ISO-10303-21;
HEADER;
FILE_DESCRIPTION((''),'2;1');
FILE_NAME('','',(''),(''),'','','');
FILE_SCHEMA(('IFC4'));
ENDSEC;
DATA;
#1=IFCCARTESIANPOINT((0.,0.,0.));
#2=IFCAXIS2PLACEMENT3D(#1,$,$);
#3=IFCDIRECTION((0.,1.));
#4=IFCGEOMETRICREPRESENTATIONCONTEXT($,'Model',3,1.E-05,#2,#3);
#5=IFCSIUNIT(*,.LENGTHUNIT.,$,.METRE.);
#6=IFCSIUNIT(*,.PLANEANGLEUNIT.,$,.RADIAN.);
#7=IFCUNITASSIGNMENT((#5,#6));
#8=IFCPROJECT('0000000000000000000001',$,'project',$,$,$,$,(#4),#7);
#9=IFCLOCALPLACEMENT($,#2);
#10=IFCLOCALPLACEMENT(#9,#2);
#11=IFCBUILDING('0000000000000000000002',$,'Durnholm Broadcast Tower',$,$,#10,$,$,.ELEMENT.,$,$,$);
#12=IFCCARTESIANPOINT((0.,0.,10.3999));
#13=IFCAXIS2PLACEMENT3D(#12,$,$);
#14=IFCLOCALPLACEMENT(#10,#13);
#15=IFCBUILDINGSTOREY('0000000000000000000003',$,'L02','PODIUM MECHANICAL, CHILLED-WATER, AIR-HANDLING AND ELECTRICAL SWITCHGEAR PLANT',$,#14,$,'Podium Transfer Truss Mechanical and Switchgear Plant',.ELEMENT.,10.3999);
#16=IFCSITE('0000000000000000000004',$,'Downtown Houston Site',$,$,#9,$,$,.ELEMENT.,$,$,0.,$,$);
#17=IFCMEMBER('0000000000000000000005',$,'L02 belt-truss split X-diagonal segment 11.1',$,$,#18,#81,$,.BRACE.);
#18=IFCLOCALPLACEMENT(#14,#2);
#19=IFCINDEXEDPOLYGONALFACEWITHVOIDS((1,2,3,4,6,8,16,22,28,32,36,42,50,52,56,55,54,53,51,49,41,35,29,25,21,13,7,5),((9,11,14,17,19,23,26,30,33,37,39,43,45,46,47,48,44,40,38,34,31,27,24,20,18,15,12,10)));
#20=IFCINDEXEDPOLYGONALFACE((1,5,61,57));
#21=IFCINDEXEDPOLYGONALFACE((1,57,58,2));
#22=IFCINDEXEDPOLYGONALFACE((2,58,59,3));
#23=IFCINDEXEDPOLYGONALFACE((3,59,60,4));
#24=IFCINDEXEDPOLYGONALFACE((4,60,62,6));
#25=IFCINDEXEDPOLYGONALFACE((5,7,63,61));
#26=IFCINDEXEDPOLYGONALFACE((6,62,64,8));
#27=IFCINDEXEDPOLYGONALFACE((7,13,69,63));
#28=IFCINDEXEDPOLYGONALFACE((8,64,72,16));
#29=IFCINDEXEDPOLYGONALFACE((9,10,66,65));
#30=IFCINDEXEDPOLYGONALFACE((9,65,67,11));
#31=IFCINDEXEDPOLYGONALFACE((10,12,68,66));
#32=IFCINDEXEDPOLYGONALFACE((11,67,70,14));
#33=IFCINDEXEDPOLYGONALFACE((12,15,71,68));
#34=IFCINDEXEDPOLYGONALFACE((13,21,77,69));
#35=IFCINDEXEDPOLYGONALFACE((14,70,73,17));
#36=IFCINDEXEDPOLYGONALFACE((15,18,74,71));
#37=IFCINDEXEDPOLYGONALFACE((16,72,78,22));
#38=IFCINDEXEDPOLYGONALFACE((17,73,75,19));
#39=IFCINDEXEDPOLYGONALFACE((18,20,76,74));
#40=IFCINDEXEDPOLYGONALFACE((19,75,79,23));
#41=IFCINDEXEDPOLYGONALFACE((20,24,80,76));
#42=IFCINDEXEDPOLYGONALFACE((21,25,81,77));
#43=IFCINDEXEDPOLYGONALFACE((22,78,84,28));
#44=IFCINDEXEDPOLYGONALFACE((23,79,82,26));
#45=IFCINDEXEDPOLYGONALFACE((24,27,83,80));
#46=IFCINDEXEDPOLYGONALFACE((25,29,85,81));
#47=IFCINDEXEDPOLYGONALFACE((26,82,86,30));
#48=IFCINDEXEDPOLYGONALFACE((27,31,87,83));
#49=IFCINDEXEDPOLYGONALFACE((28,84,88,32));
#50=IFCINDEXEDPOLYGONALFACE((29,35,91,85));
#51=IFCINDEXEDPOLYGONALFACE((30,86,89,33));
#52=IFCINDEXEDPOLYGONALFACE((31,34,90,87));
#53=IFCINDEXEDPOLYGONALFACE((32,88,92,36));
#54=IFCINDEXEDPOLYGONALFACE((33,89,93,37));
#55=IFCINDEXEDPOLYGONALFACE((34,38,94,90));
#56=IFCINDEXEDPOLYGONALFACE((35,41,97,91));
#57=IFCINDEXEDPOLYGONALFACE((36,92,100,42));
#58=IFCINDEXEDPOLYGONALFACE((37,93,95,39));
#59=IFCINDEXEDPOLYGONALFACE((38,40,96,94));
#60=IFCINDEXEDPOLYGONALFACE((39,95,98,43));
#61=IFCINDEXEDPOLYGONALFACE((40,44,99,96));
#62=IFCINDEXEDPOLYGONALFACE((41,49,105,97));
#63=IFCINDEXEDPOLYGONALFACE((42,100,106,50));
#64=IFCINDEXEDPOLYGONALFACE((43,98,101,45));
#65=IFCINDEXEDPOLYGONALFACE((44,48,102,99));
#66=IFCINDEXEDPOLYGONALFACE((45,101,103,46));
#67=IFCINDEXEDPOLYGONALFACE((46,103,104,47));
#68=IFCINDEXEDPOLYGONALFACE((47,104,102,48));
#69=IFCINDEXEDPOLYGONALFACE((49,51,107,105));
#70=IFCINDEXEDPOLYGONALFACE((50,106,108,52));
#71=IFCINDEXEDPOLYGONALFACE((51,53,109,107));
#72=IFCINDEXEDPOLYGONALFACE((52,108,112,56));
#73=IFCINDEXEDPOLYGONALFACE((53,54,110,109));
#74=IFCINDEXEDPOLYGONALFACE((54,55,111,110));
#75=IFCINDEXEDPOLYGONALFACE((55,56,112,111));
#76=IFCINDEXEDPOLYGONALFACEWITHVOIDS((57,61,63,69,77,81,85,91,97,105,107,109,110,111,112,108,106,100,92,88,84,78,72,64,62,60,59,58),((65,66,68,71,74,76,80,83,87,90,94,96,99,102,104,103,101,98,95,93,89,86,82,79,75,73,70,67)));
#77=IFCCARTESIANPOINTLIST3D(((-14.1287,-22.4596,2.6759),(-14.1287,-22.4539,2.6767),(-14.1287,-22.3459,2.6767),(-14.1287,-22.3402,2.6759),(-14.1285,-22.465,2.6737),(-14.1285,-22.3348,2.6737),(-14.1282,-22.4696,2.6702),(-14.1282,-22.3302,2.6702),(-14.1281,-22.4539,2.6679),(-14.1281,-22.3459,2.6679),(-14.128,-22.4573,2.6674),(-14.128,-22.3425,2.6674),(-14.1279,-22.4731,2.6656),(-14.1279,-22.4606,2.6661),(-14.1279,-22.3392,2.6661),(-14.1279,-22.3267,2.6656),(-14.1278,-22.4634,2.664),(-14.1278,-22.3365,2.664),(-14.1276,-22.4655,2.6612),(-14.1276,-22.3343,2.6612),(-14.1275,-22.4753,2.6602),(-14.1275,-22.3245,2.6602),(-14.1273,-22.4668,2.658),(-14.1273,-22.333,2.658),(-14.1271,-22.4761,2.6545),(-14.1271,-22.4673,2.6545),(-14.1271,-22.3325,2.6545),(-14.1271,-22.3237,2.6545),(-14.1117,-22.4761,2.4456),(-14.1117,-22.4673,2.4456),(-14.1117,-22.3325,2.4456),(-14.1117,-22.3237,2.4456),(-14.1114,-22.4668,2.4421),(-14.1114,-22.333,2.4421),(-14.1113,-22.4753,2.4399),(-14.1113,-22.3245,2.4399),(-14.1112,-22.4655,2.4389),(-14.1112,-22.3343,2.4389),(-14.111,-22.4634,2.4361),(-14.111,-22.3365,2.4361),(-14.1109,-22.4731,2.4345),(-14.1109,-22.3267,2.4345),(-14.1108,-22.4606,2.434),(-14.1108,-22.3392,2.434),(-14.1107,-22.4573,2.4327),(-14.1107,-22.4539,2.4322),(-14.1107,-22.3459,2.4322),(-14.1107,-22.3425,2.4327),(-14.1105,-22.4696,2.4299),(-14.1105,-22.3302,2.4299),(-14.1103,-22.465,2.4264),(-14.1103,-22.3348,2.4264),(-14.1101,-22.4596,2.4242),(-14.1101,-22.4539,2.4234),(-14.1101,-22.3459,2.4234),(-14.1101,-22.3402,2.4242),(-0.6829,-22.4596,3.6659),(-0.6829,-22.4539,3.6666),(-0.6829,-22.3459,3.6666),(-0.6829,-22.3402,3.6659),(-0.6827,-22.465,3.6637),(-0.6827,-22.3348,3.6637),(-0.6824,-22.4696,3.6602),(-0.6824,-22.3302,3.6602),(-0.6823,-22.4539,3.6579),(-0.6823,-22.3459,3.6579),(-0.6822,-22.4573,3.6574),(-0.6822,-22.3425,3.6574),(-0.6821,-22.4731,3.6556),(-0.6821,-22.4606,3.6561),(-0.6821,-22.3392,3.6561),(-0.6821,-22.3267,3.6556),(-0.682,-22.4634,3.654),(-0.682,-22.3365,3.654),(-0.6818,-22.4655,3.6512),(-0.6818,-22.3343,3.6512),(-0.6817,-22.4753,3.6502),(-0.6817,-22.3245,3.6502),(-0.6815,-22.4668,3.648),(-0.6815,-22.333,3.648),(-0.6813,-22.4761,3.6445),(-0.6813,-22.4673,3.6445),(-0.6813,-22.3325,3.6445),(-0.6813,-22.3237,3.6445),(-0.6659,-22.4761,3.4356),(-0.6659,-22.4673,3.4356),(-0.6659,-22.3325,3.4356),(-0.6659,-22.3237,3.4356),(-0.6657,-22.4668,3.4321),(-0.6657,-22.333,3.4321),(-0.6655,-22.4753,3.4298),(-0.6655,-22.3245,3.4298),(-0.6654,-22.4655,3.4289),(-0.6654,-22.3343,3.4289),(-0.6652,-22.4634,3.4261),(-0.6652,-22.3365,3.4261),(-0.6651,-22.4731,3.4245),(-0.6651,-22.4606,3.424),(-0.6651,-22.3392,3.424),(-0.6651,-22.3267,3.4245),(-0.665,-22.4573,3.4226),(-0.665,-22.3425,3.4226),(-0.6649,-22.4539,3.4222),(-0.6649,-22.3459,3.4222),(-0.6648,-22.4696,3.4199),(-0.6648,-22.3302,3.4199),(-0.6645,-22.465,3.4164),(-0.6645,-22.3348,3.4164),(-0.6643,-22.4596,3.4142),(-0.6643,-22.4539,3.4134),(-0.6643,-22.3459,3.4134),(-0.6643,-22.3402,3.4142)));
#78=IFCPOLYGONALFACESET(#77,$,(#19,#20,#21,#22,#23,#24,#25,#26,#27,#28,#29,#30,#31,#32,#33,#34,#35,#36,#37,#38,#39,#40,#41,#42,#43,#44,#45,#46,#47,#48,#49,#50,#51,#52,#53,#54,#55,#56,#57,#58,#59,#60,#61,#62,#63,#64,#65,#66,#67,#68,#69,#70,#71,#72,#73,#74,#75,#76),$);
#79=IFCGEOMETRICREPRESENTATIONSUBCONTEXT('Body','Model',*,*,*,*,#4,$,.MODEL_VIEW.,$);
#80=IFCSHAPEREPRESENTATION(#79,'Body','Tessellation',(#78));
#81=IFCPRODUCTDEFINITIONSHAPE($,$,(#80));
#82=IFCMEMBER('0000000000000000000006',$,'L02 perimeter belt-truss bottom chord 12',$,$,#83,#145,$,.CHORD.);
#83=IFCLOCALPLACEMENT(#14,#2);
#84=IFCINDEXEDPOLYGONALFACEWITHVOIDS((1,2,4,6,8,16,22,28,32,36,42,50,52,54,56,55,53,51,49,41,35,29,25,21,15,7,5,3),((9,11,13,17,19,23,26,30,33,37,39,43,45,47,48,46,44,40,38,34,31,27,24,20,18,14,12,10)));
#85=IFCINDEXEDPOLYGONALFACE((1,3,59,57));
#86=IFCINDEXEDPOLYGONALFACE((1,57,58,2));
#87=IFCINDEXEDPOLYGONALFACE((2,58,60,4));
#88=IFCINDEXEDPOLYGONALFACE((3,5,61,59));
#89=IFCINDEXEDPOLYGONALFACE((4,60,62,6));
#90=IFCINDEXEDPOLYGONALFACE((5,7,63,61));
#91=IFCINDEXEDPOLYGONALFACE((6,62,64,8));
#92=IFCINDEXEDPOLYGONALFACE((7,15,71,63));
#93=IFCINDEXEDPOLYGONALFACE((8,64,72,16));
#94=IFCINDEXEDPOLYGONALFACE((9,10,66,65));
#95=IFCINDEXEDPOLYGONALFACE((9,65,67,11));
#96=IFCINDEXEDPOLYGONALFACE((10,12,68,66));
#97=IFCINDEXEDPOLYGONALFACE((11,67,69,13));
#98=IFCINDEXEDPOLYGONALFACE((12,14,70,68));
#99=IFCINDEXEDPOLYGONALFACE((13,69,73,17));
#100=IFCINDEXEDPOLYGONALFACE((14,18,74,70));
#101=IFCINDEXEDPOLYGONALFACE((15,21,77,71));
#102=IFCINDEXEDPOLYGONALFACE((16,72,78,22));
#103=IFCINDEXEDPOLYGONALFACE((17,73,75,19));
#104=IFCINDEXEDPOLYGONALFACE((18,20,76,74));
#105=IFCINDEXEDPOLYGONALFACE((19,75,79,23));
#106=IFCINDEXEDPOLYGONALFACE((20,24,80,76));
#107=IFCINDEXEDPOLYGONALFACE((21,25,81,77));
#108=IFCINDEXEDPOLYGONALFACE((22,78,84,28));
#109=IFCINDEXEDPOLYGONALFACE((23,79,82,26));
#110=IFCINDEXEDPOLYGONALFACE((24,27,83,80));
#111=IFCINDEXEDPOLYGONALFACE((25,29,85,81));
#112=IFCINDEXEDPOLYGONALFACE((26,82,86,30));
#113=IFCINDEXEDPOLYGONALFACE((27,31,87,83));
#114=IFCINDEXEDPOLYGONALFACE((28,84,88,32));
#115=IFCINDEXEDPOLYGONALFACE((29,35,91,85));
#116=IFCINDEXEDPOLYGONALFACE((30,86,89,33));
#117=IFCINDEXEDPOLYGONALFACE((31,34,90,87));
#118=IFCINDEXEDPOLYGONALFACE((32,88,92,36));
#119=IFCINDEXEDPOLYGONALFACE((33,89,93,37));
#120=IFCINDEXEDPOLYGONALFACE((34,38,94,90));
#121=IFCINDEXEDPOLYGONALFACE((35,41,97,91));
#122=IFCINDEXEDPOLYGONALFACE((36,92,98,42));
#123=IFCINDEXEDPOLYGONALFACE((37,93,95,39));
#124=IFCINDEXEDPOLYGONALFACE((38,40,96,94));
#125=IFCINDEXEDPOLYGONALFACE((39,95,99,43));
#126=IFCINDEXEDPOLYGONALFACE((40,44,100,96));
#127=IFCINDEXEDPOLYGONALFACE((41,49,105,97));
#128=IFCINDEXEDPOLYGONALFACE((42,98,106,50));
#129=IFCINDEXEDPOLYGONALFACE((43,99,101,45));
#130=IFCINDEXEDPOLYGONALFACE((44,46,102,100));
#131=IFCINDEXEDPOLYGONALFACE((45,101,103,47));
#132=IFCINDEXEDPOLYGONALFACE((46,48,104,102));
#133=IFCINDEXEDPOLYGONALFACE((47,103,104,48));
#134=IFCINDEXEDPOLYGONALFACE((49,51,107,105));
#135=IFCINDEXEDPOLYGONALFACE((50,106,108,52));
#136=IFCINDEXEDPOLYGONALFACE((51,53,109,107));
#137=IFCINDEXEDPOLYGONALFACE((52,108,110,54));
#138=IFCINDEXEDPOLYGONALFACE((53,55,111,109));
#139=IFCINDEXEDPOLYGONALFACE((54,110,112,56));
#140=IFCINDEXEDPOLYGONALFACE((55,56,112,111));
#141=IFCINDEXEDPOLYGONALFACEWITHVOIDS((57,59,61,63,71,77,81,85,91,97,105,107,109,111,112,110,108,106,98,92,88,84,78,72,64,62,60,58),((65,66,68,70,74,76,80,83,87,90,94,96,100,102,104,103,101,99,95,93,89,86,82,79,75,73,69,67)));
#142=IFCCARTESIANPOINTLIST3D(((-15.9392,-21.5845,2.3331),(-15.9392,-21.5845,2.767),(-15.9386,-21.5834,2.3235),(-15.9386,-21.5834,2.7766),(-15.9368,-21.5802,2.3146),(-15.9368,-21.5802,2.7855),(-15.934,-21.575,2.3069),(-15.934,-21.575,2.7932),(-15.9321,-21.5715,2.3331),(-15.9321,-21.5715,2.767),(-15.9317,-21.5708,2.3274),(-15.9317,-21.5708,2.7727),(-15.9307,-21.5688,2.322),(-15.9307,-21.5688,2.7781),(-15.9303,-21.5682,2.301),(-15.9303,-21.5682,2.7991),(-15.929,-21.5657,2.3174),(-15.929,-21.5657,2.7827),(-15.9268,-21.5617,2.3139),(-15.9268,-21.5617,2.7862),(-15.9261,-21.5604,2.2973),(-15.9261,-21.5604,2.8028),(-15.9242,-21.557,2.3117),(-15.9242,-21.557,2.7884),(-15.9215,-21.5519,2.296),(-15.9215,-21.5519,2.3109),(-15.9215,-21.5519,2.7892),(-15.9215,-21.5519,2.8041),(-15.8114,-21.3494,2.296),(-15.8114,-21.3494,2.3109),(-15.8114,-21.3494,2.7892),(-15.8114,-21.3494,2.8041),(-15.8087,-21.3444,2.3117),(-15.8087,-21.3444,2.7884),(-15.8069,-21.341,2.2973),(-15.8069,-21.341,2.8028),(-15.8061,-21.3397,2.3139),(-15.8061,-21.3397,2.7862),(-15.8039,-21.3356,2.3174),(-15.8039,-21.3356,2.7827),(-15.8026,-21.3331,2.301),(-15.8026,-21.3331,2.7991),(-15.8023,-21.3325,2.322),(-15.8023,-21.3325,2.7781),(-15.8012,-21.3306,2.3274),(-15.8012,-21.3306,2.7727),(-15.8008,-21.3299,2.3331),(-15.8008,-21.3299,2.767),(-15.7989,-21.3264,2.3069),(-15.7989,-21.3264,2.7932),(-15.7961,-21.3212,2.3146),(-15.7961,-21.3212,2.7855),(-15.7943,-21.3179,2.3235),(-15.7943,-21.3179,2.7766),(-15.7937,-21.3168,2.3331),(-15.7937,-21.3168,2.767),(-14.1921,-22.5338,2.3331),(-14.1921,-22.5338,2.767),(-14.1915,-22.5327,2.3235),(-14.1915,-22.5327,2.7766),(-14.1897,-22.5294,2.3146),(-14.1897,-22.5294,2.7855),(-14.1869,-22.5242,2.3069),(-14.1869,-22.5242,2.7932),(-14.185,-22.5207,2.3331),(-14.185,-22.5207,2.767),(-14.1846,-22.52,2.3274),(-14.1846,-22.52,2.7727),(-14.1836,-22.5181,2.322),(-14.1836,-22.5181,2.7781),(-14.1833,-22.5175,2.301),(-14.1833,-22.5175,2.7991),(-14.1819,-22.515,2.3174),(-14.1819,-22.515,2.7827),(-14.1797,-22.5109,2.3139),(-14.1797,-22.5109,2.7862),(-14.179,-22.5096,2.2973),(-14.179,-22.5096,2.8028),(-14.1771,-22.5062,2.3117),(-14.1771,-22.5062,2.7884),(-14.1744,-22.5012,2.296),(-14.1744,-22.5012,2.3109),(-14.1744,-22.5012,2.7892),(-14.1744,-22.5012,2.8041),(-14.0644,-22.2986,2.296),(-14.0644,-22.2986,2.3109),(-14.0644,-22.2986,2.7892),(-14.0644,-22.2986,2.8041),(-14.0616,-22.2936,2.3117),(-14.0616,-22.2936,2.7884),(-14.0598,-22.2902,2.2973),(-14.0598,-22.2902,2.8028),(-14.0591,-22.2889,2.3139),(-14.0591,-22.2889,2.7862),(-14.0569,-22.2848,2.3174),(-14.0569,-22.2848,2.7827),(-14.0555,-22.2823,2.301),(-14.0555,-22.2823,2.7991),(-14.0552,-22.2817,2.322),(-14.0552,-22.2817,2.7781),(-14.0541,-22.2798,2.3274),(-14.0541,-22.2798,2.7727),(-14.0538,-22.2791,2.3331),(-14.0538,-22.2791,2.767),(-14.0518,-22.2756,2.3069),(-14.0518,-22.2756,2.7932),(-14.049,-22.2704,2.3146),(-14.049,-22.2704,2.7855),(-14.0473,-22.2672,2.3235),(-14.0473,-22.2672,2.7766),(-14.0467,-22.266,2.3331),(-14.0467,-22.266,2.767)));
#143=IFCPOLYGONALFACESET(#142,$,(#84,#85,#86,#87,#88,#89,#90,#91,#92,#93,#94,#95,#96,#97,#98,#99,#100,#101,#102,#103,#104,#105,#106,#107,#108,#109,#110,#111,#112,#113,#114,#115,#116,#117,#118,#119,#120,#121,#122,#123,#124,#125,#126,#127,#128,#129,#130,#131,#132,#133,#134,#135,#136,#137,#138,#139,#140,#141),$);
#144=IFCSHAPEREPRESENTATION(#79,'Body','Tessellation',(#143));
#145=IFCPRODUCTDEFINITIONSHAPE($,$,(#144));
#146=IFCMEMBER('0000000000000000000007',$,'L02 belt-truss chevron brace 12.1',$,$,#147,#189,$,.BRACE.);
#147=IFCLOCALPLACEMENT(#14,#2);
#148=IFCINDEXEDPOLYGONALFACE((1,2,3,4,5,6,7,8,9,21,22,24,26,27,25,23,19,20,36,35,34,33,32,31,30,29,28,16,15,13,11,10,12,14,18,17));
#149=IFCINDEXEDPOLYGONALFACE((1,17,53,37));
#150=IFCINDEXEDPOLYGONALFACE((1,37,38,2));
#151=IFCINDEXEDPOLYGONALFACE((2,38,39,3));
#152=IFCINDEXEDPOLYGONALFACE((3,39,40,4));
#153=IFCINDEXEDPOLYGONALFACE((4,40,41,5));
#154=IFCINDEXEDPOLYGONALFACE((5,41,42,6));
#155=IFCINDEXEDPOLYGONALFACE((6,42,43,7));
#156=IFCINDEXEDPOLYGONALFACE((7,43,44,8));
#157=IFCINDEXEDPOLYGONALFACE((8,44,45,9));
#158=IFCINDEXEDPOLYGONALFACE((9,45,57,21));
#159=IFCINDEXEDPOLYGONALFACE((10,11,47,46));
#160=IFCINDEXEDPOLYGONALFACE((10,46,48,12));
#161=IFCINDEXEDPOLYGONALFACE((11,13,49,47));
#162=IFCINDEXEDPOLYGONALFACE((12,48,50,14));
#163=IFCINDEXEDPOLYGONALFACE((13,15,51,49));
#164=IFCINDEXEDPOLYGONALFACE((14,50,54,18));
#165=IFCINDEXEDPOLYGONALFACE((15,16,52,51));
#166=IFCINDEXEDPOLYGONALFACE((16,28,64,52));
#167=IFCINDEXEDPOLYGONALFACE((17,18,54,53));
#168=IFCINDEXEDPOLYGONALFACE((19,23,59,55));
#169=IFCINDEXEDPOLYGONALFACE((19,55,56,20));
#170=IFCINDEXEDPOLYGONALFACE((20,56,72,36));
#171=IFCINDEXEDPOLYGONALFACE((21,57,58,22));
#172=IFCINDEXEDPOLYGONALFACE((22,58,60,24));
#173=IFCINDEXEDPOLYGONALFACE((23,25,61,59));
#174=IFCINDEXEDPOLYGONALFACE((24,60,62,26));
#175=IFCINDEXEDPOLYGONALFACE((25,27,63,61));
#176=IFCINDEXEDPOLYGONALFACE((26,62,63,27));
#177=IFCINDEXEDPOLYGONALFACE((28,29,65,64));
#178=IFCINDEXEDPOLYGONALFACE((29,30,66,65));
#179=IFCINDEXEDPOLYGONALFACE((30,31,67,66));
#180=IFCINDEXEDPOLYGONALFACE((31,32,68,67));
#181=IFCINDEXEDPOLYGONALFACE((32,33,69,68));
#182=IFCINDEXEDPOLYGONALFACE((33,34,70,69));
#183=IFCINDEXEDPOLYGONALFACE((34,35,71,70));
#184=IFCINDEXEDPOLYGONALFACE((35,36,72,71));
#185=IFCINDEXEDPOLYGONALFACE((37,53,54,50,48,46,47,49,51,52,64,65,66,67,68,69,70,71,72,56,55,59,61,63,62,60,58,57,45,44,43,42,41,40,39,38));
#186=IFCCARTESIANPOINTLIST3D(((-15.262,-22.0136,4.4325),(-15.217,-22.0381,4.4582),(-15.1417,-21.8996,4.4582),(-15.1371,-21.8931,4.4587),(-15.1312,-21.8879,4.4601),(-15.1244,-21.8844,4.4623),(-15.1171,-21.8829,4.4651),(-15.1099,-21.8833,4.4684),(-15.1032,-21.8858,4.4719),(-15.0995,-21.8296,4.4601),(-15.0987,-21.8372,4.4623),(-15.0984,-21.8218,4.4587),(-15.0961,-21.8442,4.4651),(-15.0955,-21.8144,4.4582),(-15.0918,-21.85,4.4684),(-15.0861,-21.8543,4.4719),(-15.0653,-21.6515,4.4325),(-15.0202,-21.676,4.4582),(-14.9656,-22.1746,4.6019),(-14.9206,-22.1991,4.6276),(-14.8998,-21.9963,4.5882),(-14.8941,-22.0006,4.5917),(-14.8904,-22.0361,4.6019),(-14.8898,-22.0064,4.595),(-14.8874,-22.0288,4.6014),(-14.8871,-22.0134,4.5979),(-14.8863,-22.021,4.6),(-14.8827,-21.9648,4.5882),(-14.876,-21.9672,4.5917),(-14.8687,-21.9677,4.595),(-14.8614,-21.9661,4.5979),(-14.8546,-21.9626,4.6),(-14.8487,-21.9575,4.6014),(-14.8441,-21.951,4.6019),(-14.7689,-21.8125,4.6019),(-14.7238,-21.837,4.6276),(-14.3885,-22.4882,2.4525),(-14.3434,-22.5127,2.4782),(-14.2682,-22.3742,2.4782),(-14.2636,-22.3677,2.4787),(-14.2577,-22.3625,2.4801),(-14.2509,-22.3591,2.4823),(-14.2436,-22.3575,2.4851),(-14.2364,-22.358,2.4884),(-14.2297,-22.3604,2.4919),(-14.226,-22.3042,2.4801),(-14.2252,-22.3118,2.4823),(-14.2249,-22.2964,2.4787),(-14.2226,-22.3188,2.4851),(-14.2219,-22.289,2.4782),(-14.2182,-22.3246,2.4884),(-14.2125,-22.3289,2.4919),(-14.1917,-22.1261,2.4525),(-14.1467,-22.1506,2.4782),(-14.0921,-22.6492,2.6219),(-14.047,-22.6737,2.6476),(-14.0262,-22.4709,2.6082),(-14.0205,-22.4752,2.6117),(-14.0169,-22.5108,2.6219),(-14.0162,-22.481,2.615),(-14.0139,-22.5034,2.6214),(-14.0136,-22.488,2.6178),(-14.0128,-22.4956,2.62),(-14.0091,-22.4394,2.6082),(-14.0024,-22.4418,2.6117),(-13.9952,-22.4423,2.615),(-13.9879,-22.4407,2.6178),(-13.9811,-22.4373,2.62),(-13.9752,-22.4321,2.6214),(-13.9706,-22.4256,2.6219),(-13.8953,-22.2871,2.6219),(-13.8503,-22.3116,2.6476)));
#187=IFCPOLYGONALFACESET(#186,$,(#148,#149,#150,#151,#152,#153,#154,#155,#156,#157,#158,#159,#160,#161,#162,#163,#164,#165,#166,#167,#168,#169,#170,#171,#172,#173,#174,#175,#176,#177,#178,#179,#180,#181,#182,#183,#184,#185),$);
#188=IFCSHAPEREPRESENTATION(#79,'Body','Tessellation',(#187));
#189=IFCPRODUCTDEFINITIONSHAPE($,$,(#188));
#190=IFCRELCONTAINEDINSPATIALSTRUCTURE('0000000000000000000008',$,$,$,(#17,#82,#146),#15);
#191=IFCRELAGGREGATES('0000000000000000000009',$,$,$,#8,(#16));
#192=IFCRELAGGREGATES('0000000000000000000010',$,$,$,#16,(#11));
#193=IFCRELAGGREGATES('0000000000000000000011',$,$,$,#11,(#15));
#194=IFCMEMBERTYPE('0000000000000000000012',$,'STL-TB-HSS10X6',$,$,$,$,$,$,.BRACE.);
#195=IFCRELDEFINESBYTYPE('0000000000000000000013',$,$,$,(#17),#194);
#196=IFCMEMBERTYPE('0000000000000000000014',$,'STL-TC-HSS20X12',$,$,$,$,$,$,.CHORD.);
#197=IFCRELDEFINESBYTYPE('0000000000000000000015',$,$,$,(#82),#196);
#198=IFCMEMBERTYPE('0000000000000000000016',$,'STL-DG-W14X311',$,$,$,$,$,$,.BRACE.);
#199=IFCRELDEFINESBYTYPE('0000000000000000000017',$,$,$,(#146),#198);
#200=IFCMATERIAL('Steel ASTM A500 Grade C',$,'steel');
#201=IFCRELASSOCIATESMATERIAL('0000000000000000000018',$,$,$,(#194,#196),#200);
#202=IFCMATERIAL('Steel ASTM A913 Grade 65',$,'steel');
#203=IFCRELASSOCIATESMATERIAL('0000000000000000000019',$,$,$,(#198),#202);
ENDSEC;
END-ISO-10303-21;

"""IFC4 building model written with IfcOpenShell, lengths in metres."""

from ifc_helpers import new_model, si_unit, direction, frame, origin, origin_2d, place, context, subcontext, project, spatial, hollow_rectangle, i_section, extrude, source, transform, mapped, material, material_profile, profile_set, type_object, type_shapes, element, save


model = new_model("IFC4")

# Units and contexts
model_context = context("Model", 3, precision=1e-05, world=origin(), true_north=direction((0.0, 1.0)))
body_context = subcontext(model_context, "Body", "Model", "MODEL_VIEW")
ifc_project = project(units=[si_unit("LENGTHUNIT", "METRE"), si_unit("PLANEANGLEUNIT", "RADIAN")], contexts=[model_context])

# Site, building, storey
site_placement = place(None, origin())
site = spatial("IfcSite", under=ifc_project, at=site_placement, Name="Downtown Houston Site", CompositionType="ELEMENT", RefElevation=0.0)
building_placement = place(site_placement, origin())
building = spatial("IfcBuilding", under=site, at=building_placement, Name="Durnholm Broadcast Tower", CompositionType="ELEMENT")
storey_placement = place(building_placement, frame((0.0, 0.0, 10.3999)))
storey = spatial("IfcBuildingStorey", under=building, at=storey_placement, Name="L02", Description="PODIUM MECHANICAL, CHILLED-WATER, AIR-HANDLING AND ELECTRICAL SWITCHGEAR PLANT", LongName="Podium Transfer Truss Mechanical and Switchgear Plant", CompositionType="ELEMENT", Elevation=10.3999)

# Shared definitions
ifc_material_1 = material(Name="Steel ASTM A913 Grade 65", Category="steel")

# Members
ifc_material_2 = material(Name="Steel ASTM A500 Grade C", Category="steel")
ifc_material_profile_1 = material_profile(ifc_material_2, hollow_rectangle(XDim=0.1523, YDim=0.2539, WallThickness=0.0088, InnerFilletRadius=0.0134, OuterFilletRadius=0.0222, at=origin_2d()), Name="HSS10X6X3/8")
ifc_profile_set_1 = profile_set([ifc_material_profile_1], Name="Steel ASTM A500 Grade C")
member_type_1 = type_object("IfcMemberType", Name="STL-TB-HSS10X6", PredefinedType="BRACE", material=ifc_profile_set_1)
shared_shape_1 = source(origin(), body_context, "Body", "SweptSolid", [
    extrude(hollow_rectangle(XDim=0.1523, YDim=0.2539, WallThickness=0.0088, InnerFilletRadius=0.0134, OuterFilletRadius=0.0222, at=origin_2d()), origin(), (0.0, 0.0, 1.0), 13.4822),
])
type_shapes(member_type_1, [shared_shape_1])
member_1_placement = place(storey_placement, frame((-14.1194, -22.3999, 2.55), z_axis=(0.9973, 0.0, 0.073429), x_axis=(0.0, 1.0, 0.0)))
element("IfcMember", 1, at=member_1_placement, inside=storey, type_object=member_type_1, Name="L02 belt-truss split X-diagonal segment 11.1", PredefinedType="BRACE", context=body_context, shape_type="MappedRepresentation", body=[
    mapped(shared_shape_1, transform((0.0, 0.0, 0.0), x_axis=(1.0, 0.0, 0.0), y_axis=(0.0, 1.0, 0.0), z_axis=(0.0, 0.0, 1.0), scale=1.0)),
])
ifc_material_profile_2 = material_profile(ifc_material_2, hollow_rectangle(XDim=0.3047, YDim=0.5081, WallThickness=0.0149, InnerFilletRadius=0.0222, OuterFilletRadius=0.0371, at=origin_2d()), Name="HSS20X12X5/8")
ifc_profile_set_2 = profile_set([ifc_material_profile_2], Name="Steel ASTM A500 Grade C")
member_type_2 = type_object("IfcMemberType", Name="STL-TC-HSS20X12", PredefinedType="CHORD", material=ifc_profile_set_2)
shared_shape_2 = source(origin(), body_context, "Body", "SweptSolid", [
    extrude(hollow_rectangle(XDim=0.3047, YDim=0.5081, WallThickness=0.0149, InnerFilletRadius=0.0222, OuterFilletRadius=0.0371, at=origin_2d()), origin(), (0.0, 0.0, 1.0), 1.9883),
])
type_shapes(member_type_2, [shared_shape_2])
member_2_placement = place(storey_placement, frame((-14.1194, -22.3999, 2.55), z_axis=(-0.878683, 0.477406, 0.0), x_axis=(-0.477406, -0.878683, 0.0)))
element("IfcMember", 2, at=member_2_placement, inside=storey, type_object=member_type_2, Name="L02 perimeter belt-truss bottom chord 12", PredefinedType="CHORD", context=body_context, shape_type="MappedRepresentation", body=[
    mapped(shared_shape_2, transform((0.0, 0.0, 0.0), x_axis=(1.0, 0.0, 0.0), y_axis=(0.0, 1.0, 0.0), z_axis=(0.0, 0.0, 1.0), scale=1.0)),
])
ifc_material_profile_3 = material_profile(ifc_material_1, i_section(OverallWidth=0.4121, OverallDepth=0.4348, WebThickness=0.0359, FlangeThickness=0.0574, FilletRadius=0.0305, at=origin_2d()), Name="W14X311")
ifc_profile_set_3 = profile_set([ifc_material_profile_3], Name="Steel ASTM A913 Grade 65")
member_type_3 = type_object("IfcMemberType", Name="STL-DG-W14X311", PredefinedType="BRACE", material=ifc_profile_set_3)
shared_shape_3 = source(origin(), body_context, "Body", "SweptSolid", [
    extrude(i_section(OverallWidth=0.4121, OverallDepth=0.4348, WebThickness=0.0359, FlangeThickness=0.0574, FilletRadius=0.0305, at=origin_2d()), origin(), (0.0, 0.0, 1.0), 2.2156),
])
type_shapes(member_type_3, [shared_shape_3])
member_3_placement = place(storey_placement, frame((-14.1194, -22.3999, 2.55), z_axis=(-0.394275, 0.214218, 0.893676), x_axis=(-0.477406, -0.878683, 0.0)))
element("IfcMember", 3, at=member_3_placement, inside=storey, type_object=member_type_3, Name="L02 belt-truss chevron brace 12.1", PredefinedType="BRACE", context=body_context, shape_type="MappedRepresentation", body=[
    mapped(shared_shape_3, transform((0.0, 0.0, 0.0), x_axis=(1.0, 0.0, 0.0), y_axis=(0.0, 1.0, 0.0), z_axis=(0.0, 0.0, 1.0), scale=1.0)),
])

save(model, "model.ifc")
